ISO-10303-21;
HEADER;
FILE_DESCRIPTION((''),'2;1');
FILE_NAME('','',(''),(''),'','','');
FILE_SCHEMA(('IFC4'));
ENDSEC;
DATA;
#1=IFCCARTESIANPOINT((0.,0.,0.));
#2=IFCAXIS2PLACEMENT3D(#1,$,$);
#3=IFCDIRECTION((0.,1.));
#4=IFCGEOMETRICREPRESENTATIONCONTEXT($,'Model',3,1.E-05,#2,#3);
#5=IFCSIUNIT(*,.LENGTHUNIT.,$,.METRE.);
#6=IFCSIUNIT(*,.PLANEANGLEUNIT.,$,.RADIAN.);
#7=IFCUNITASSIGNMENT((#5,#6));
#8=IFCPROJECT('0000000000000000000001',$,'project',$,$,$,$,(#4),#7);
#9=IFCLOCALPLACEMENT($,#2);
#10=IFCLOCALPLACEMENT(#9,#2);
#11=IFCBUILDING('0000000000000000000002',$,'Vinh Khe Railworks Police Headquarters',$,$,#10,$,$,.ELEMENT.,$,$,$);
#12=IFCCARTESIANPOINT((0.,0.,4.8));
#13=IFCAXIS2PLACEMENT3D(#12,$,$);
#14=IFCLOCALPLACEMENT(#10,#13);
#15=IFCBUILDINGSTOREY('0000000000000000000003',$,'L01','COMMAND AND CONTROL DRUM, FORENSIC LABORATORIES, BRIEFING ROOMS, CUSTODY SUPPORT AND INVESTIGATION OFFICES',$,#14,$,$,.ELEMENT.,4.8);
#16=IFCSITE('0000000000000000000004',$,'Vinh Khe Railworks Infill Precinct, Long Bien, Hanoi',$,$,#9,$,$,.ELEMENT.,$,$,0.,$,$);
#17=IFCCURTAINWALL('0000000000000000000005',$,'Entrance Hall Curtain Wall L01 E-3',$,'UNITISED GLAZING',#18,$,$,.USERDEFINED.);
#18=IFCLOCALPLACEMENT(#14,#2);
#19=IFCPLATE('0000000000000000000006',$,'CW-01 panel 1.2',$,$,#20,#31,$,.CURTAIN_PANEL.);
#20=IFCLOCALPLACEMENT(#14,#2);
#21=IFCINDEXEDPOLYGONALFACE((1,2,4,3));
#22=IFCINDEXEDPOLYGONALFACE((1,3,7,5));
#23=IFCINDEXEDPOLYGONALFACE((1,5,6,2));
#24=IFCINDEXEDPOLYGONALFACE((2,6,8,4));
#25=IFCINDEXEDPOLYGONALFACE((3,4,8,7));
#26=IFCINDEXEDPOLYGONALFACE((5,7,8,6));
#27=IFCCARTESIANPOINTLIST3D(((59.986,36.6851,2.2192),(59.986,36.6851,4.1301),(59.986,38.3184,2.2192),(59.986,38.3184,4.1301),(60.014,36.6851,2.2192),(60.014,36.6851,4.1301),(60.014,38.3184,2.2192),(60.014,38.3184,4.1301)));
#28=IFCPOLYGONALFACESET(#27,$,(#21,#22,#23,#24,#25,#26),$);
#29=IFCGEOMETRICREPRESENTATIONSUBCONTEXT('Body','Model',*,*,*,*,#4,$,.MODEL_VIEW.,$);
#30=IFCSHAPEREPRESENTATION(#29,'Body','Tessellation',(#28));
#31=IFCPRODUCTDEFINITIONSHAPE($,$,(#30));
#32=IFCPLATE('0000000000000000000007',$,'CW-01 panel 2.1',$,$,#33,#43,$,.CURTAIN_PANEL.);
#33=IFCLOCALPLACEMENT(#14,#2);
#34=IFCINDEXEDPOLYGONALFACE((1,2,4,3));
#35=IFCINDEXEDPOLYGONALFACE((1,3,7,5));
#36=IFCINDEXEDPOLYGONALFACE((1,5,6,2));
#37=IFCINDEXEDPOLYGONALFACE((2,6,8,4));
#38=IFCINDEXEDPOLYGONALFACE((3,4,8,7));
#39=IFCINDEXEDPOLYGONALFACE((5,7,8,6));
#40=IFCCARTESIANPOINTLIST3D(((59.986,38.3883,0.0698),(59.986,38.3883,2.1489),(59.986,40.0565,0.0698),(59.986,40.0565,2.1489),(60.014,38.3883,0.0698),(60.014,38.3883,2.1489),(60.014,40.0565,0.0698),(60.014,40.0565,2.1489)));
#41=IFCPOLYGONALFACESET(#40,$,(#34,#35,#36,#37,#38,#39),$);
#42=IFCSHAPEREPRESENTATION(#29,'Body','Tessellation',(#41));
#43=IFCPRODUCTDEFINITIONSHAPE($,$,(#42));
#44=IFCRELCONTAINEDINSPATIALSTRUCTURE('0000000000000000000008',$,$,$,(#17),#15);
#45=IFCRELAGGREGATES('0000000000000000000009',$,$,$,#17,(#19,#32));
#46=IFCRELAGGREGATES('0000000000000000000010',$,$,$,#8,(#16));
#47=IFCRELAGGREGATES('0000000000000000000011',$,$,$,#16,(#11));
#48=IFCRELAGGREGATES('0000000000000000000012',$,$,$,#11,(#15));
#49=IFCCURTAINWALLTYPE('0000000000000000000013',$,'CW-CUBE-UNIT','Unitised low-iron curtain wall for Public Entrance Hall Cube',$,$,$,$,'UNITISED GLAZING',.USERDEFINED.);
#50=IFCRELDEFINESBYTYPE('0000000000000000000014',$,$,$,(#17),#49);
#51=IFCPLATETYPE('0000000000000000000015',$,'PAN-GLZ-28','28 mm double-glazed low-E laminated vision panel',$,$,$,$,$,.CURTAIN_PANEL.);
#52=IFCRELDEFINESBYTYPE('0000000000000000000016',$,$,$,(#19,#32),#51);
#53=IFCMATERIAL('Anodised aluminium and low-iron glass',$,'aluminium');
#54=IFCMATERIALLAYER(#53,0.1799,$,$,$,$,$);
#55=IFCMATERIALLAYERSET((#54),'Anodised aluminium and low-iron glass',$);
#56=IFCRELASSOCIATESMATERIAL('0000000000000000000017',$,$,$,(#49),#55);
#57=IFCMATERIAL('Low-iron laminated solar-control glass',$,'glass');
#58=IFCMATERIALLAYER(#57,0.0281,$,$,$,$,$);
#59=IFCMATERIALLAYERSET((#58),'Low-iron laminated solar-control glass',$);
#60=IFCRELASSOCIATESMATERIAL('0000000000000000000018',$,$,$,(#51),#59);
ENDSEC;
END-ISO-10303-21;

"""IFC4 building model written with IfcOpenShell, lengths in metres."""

from ifc_helpers import new_model, si_unit, direction, frame, origin, origin_2d, place, context, subcontext, project, spatial, rectangle, extrude, material, layer, layer_set, type_object, element, aggregate, save


model = new_model("IFC4")

# Units and contexts
model_context = context("Model", 3, precision=1e-05, world=origin(), true_north=direction((0.0, 1.0)))
body_context = subcontext(model_context, "Body", "Model", "MODEL_VIEW")
ifc_project = project(units=[si_unit("LENGTHUNIT", "METRE"), si_unit("PLANEANGLEUNIT", "RADIAN")], contexts=[model_context])

# Site, building, storey
site_placement = place(None, origin())
site = spatial("IfcSite", under=ifc_project, at=site_placement, Name="Vinh Khe Railworks Infill Precinct, Long Bien, Hanoi", CompositionType="ELEMENT", RefElevation=0.0)
building_placement = place(site_placement, origin())
building = spatial("IfcBuilding", under=site, at=building_placement, Name="Vinh Khe Railworks Police Headquarters", CompositionType="ELEMENT")
storey_placement = place(building_placement, frame((0.0, 0.0, 4.8)))
storey = spatial("IfcBuildingStorey", under=building, at=storey_placement, Name="L01", Description="COMMAND AND CONTROL DRUM, FORENSIC LABORATORIES, BRIEFING ROOMS, CUSTODY SUPPORT AND INVESTIGATION OFFICES", CompositionType="ELEMENT", Elevation=4.8)

# Curtain wall
ifc_material_1 = material(Name="Anodised aluminium and low-iron glass", Category="aluminium")
ifc_layer_1 = layer(ifc_material_1, 0.1799)
ifc_layer_set_1 = layer_set([ifc_layer_1], Name="Anodised aluminium and low-iron glass")
curtain_wall_type = type_object("IfcCurtainWallType", Name="CW-CUBE-UNIT", Description="Unitised low-iron curtain wall for Public Entrance Hall Cube", ElementType="UNITISED GLAZING", PredefinedType="USERDEFINED", material=ifc_layer_set_1)
curtain_wall_1_placement = place(storey_placement, origin())
curtain_wall_1 = element("IfcCurtainWall", 1, at=curtain_wall_1_placement, inside=storey, type_object=curtain_wall_type, Name="Entrance Hall Curtain Wall L01 E-3", ObjectType="UNITISED GLAZING", PredefinedType="USERDEFINED")

# Plates
ifc_material_2 = material(Name="Low-iron laminated solar-control glass", Category="glass")
ifc_layer_2 = layer(ifc_material_2, 0.0281)
ifc_layer_set_2 = layer_set([ifc_layer_2], Name="Low-iron laminated solar-control glass")
plate_type = type_object("IfcPlateType", Name="PAN-GLZ-28", Description="28 mm double-glazed low-E laminated vision panel", PredefinedType="CURTAIN_PANEL", material=ifc_layer_set_2)
plate_1_placement = place(storey_placement, frame((60.0, 37.5017, 2.2192), z_axis=(0.0, 0.0, 1.0), x_axis=(0.0, 1.0, 0.0)))
plate_1 = element("IfcPlate", 2, at=plate_1_placement, type_object=plate_type, Name="CW-01 panel 1.2", PredefinedType="CURTAIN_PANEL", context=body_context, shape_type="SweptSolid", body=[
    extrude(rectangle(XDim=1.6333, YDim=0.0281, at=origin_2d()), origin(), (0.0, 0.0, 1.0), 1.9109),
])
plate_2_placement = place(storey_placement, frame((60.0, 39.2224, 0.0698), z_axis=(0.0, 0.0, 1.0), x_axis=(0.0, 1.0, 0.0)))
plate_2 = element("IfcPlate", 3, at=plate_2_placement, type_object=plate_type, Name="CW-01 panel 2.1", PredefinedType="CURTAIN_PANEL", context=body_context, shape_type="SweptSolid", body=[
    extrude(rectangle(XDim=1.6682, YDim=0.0281, at=origin_2d()), origin(), (0.0, 0.0, 1.0), 2.0791),
])
aggregate(curtain_wall_1, [plate_1, plate_2])

save(model, "model.ifc")
